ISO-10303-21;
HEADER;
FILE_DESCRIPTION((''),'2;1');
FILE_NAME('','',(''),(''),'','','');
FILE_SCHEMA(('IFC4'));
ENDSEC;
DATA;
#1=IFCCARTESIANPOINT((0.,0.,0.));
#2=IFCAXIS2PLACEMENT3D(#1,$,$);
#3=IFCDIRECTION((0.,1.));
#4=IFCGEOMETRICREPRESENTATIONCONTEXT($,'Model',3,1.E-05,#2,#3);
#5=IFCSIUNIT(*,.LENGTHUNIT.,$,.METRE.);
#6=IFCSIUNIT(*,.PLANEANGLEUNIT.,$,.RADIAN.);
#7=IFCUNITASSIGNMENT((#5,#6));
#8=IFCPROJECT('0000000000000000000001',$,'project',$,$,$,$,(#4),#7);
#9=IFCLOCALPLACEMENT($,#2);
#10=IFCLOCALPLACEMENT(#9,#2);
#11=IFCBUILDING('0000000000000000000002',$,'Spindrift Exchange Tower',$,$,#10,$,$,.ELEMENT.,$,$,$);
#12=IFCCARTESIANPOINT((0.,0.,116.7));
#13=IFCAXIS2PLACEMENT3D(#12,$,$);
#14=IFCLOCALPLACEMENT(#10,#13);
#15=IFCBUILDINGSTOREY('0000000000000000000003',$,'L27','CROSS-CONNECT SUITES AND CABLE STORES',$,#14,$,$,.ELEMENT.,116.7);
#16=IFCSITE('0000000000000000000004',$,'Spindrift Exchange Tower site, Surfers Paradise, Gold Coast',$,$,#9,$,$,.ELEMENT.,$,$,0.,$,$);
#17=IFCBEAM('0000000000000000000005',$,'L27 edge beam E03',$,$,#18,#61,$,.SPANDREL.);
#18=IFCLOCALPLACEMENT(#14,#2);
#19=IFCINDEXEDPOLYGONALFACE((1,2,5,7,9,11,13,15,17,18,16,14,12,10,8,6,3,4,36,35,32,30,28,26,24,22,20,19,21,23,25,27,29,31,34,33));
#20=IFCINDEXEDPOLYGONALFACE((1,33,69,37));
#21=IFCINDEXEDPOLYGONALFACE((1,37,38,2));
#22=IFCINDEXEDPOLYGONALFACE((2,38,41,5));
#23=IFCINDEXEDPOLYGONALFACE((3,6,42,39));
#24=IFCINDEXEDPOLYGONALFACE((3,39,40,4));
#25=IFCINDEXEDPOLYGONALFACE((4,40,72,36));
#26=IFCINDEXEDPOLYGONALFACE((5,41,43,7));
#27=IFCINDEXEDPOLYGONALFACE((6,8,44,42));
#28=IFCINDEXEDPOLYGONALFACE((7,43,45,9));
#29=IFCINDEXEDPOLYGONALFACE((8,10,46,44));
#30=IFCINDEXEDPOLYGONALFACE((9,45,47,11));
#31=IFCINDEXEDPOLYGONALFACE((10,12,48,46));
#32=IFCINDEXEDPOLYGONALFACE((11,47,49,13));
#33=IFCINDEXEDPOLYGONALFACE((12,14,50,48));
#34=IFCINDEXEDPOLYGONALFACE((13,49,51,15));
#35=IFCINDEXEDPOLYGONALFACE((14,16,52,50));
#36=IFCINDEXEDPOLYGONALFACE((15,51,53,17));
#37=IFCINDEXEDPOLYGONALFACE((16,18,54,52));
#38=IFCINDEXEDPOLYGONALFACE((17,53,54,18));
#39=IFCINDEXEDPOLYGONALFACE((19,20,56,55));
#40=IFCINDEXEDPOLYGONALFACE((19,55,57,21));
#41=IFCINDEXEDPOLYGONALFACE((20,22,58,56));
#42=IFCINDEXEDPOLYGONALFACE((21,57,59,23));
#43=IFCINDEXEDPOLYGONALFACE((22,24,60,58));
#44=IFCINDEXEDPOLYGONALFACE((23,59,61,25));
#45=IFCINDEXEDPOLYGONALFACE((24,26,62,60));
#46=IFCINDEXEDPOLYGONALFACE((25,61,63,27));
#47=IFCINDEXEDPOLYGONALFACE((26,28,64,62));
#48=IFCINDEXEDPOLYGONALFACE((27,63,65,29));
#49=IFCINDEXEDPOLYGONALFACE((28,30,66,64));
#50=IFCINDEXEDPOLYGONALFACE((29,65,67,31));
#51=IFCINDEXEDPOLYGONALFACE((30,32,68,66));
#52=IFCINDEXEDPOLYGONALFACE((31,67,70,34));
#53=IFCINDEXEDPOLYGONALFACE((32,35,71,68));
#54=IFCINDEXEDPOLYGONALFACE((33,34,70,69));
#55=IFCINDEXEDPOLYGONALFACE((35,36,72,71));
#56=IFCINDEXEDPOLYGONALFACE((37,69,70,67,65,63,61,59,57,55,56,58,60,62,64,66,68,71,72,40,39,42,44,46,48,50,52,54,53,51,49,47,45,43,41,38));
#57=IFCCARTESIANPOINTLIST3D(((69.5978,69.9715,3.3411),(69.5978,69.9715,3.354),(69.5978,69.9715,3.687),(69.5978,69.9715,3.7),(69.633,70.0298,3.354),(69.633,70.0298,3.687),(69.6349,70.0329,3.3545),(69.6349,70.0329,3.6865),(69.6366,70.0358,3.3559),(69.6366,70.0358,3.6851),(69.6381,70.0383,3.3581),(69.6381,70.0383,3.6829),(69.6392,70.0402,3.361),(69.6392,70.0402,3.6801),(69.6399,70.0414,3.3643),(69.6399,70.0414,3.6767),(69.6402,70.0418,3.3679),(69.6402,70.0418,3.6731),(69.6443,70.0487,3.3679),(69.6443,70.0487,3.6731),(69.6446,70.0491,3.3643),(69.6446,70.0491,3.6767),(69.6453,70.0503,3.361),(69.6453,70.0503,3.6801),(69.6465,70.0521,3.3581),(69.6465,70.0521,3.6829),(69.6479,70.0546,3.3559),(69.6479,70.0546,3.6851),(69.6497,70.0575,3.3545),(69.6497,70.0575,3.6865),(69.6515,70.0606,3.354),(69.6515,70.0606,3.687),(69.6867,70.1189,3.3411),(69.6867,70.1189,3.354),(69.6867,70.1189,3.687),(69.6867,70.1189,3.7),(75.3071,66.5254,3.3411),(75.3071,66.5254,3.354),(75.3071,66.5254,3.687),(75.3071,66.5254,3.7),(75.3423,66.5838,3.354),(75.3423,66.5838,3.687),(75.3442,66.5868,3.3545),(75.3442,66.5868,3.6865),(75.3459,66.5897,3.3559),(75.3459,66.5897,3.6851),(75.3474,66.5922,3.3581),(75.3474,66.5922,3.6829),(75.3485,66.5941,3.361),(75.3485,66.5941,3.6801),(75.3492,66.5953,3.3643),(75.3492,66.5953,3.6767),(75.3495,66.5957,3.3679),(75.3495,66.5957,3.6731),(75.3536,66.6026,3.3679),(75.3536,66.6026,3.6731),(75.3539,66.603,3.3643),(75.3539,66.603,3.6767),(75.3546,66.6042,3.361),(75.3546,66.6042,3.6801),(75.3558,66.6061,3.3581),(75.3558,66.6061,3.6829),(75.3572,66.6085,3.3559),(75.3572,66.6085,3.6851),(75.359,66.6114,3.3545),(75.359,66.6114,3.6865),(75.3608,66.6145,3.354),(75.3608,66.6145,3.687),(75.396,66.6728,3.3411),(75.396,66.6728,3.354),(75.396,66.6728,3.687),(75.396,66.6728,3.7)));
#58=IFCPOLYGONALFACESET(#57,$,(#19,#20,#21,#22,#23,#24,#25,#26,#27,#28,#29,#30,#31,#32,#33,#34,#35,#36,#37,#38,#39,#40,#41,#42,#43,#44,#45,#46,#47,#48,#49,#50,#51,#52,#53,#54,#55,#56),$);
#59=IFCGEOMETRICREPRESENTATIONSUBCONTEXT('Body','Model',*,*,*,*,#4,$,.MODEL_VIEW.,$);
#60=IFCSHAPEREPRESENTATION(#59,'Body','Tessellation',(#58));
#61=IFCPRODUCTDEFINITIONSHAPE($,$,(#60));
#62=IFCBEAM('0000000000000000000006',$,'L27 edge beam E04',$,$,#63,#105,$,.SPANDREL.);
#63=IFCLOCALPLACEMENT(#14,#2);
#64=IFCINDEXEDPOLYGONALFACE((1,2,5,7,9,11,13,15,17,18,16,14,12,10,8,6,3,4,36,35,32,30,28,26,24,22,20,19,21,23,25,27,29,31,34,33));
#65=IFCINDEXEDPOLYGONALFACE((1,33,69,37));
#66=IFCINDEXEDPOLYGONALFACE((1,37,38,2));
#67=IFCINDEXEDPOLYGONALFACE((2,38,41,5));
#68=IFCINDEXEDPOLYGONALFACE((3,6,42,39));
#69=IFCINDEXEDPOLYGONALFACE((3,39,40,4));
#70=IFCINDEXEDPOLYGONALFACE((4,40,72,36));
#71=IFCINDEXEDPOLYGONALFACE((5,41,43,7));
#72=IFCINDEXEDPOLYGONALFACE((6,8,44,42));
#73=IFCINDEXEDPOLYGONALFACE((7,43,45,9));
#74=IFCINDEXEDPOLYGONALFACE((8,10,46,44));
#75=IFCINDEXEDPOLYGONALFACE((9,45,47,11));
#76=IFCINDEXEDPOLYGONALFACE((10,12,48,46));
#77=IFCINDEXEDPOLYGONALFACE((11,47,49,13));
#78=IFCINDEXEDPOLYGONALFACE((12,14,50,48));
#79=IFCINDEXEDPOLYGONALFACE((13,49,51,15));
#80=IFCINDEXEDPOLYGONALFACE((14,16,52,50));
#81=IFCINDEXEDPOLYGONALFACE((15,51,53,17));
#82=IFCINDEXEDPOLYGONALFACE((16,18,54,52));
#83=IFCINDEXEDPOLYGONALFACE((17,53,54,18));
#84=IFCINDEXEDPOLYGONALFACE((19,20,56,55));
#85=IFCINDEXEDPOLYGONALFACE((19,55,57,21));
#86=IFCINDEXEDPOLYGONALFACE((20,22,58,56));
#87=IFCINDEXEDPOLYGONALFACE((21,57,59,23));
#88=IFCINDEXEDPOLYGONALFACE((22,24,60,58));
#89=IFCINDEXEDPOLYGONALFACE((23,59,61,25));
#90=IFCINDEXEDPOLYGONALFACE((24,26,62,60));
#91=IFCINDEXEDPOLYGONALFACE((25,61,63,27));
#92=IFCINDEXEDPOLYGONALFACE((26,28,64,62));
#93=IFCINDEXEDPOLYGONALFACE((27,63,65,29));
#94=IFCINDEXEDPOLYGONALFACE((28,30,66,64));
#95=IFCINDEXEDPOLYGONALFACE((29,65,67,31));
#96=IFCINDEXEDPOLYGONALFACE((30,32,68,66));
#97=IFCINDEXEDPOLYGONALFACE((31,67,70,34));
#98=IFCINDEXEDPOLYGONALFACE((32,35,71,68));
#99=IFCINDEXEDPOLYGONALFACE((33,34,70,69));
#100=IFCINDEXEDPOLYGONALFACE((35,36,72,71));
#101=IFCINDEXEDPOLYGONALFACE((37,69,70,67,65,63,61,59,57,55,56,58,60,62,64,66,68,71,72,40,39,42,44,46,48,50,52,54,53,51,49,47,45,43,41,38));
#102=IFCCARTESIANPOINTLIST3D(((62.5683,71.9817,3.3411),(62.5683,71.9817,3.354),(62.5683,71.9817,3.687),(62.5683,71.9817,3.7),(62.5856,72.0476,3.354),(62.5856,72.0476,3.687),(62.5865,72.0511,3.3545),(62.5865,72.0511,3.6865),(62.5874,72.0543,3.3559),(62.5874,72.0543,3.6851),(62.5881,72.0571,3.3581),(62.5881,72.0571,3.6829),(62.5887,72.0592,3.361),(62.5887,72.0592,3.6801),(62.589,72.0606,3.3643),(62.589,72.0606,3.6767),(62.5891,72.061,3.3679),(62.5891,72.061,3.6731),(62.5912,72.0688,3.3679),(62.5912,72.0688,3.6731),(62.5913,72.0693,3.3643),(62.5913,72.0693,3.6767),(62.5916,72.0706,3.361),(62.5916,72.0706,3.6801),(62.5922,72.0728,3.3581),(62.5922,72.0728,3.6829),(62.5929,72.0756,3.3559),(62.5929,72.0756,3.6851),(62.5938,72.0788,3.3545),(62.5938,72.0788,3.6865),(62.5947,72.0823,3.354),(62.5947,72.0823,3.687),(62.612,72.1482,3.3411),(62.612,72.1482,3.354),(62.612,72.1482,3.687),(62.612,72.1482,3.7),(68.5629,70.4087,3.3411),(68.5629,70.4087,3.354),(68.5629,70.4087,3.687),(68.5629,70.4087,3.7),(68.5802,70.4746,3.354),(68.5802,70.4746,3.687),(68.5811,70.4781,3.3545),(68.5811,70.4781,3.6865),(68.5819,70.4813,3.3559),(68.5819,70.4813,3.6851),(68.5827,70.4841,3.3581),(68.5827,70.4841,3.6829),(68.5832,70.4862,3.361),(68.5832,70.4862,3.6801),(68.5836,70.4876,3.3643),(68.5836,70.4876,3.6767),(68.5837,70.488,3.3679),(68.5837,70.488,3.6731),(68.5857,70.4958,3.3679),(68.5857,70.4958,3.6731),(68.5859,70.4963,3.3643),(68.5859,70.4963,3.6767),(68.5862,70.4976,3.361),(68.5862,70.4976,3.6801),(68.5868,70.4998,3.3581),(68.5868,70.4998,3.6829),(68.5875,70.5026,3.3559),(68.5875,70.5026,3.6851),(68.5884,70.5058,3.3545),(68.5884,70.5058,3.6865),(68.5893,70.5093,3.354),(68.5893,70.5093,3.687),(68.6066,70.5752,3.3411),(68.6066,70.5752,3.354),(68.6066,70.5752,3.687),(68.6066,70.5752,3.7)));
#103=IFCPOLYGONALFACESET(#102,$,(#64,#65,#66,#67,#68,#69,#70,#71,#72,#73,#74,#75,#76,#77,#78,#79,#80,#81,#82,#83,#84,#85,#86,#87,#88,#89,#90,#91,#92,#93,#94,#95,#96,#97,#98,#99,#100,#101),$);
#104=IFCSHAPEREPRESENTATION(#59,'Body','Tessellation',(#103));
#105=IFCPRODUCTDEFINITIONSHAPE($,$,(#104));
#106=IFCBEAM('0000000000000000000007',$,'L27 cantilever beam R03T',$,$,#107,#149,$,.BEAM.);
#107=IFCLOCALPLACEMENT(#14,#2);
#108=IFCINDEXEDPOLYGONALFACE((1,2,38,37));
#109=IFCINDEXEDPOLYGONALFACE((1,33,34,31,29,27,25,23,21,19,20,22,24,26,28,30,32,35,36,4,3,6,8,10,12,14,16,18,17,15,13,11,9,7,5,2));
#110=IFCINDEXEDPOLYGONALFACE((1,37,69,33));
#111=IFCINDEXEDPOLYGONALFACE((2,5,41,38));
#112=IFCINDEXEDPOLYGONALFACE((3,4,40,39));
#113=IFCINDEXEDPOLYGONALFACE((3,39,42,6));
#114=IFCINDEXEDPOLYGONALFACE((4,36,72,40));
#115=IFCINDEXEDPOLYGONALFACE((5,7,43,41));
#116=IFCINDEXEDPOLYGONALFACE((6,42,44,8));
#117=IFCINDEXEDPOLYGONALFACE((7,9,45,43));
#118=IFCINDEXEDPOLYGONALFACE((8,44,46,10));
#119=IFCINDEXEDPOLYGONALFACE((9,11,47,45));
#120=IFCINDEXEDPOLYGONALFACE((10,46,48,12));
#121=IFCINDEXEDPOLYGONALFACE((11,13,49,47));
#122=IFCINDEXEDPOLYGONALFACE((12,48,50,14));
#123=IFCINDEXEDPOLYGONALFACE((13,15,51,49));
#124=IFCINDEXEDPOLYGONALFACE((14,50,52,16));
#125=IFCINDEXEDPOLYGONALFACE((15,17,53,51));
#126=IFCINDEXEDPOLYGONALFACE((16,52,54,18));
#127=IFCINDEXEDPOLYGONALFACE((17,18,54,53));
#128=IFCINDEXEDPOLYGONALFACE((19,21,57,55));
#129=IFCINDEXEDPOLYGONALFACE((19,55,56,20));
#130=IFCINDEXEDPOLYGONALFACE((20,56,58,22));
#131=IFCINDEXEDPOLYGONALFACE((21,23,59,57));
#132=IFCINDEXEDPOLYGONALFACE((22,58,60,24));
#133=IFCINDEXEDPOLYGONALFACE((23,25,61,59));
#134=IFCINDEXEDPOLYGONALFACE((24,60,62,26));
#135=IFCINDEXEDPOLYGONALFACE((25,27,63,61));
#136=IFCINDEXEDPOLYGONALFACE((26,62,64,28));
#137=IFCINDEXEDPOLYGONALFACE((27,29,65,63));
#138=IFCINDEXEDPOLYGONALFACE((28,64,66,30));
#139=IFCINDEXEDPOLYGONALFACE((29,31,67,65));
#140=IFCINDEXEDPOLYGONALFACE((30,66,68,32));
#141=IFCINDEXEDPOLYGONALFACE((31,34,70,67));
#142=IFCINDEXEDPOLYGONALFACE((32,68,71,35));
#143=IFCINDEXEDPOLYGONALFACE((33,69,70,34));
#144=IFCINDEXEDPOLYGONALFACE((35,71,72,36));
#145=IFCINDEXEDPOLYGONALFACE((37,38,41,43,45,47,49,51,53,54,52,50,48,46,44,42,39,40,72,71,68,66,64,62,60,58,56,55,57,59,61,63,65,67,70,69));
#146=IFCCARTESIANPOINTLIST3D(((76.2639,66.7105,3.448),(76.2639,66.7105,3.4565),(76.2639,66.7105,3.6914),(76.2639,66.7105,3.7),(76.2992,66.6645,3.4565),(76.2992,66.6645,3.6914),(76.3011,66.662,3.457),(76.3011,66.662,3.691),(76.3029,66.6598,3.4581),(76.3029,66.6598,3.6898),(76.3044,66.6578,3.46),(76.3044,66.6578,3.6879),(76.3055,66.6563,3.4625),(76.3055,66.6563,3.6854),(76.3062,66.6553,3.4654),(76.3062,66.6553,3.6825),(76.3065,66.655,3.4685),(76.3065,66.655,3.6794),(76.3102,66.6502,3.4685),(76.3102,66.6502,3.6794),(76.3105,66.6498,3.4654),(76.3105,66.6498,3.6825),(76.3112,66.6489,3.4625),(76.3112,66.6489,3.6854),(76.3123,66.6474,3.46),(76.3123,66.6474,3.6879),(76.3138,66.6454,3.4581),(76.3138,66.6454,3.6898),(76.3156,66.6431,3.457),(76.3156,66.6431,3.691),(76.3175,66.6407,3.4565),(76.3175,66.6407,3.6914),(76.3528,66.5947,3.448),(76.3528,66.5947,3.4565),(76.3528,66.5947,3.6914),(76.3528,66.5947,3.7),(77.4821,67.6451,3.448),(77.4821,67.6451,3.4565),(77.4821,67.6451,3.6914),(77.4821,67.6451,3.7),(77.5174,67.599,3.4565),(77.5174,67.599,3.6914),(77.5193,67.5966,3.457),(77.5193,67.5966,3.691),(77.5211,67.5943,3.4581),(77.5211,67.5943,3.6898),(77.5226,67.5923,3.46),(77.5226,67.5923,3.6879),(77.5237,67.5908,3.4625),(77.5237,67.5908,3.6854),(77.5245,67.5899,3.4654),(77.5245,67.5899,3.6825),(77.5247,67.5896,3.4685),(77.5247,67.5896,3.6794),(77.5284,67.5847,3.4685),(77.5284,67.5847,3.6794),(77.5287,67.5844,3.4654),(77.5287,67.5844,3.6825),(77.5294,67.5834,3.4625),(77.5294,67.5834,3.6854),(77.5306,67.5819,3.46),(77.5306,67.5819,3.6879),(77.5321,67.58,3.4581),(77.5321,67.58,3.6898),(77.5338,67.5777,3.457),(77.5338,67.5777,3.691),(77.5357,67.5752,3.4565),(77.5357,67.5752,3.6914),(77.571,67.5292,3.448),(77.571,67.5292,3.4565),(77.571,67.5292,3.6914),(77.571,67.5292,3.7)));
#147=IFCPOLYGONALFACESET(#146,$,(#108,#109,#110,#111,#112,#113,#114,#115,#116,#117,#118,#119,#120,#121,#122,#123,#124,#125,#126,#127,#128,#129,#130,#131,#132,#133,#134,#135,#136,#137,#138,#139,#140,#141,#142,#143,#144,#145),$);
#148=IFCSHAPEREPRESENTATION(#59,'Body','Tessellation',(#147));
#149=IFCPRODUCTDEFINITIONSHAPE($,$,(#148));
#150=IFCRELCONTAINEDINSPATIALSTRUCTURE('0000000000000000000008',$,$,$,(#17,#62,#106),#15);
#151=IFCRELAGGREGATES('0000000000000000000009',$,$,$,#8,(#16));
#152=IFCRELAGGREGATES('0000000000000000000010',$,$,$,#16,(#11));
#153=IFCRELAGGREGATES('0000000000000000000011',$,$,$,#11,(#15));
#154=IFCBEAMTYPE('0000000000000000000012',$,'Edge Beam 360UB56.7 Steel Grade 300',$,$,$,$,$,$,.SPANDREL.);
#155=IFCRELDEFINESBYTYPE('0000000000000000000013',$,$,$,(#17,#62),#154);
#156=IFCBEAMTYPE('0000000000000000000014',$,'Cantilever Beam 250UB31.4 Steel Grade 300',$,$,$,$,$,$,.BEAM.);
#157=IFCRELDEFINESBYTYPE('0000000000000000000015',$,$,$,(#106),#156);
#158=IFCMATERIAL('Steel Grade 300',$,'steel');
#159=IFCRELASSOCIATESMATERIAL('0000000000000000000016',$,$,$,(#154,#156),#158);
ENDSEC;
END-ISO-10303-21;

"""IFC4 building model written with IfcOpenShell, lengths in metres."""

from ifc_helpers import new_model, si_unit, direction, frame, origin, origin_2d, place, context, subcontext, project, spatial, i_section, extrude, source, transform, mapped, material, material_profile, profile_set, type_object, element, save


model = new_model("IFC4")

# Units and contexts
model_context = context("Model", 3, precision=1e-05, world=origin(), true_north=direction((0.0, 1.0)))
body_context = subcontext(model_context, "Body", "Model", "MODEL_VIEW")
ifc_project = project(units=[si_unit("LENGTHUNIT", "METRE"), si_unit("PLANEANGLEUNIT", "RADIAN")], contexts=[model_context])

# Site, building, storey
site_placement = place(None, origin())
site = spatial("IfcSite", under=ifc_project, at=site_placement, Name="Spindrift Exchange Tower site, Surfers Paradise, Gold Coast", CompositionType="ELEMENT", RefElevation=0.0)
building_placement = place(site_placement, origin())
building = spatial("IfcBuilding", under=site, at=building_placement, Name="Spindrift Exchange Tower", CompositionType="ELEMENT")
storey_placement = place(building_placement, frame((0.0, 0.0, 116.7)))
storey = spatial("IfcBuildingStorey", under=building, at=storey_placement, Name="L27", Description="CROSS-CONNECT SUITES AND CABLE STORES", CompositionType="ELEMENT", Elevation=116.7)

# Beams
ifc_material_1 = material(Name="Steel Grade 300", Category="steel")
ifc_material_profile_1 = material_profile(ifc_material_1, i_section(OverallWidth=0.1721, OverallDepth=0.3589, WebThickness=0.0081, FlangeThickness=0.0129, FilletRadius=0.0139, at=origin_2d()), Name="360UB56.7")
ifc_profile_set_1 = profile_set([ifc_material_profile_1], Name="Steel Grade 300")
beam_type_1 = type_object("IfcBeamType", Name="Edge Beam 360UB56.7 Steel Grade 300", PredefinedType="SPANDREL", material=ifc_profile_set_1)
shared_shape_1 = source(origin(), body_context, "Body", "SweptSolid", [
    extrude(i_section(OverallWidth=0.1721, OverallDepth=0.3589, WebThickness=0.0081, FlangeThickness=0.0129, FilletRadius=0.0139, at=origin_2d()), origin(), (0.0, 0.0, 1.0), 6.6687),
])
beam_1_placement = place(storey_placement, frame((75.3516, 66.5991, 3.5205), z_axis=(-0.856133, 0.516755, 0.0), x_axis=(-0.516755, -0.856133, 0.0)))
element("IfcBeam", 1, at=beam_1_placement, inside=storey, type_object=beam_type_1, Name="L27 edge beam E03", PredefinedType="SPANDREL", context=body_context, shape_type="MappedRepresentation", body=[
    mapped(shared_shape_1, transform((0.0, 0.0, 0.0), scale=1.0)),
])
shared_shape_2 = source(origin(), body_context, "Body", "SweptSolid", [
    extrude(i_section(OverallWidth=0.1721, OverallDepth=0.3589, WebThickness=0.0081, FlangeThickness=0.0129, FilletRadius=0.0139, at=origin_2d()), origin(), (0.0, 0.0, 1.0), 6.1975),
])
beam_2_placement = place(storey_placement, frame((68.5847, 70.4919, 3.5205), z_axis=(-0.967254, 0.253809, 0.0), x_axis=(-0.253809, -0.967254, 0.0)))
element("IfcBeam", 2, at=beam_2_placement, inside=storey, type_object=beam_type_1, Name="L27 edge beam E04", PredefinedType="SPANDREL", context=body_context, shape_type="MappedRepresentation", body=[
    mapped(shared_shape_2, transform((0.0, 0.0, 0.0), scale=1.0)),
])
ifc_material_profile_2 = material_profile(ifc_material_1, i_section(OverallWidth=0.146, OverallDepth=0.252, WebThickness=0.0061, FlangeThickness=0.0085, FilletRadius=0.012, at=origin_2d()), Name="250UB31.4")
ifc_profile_set_2 = profile_set([ifc_material_profile_2], Name="Steel Grade 300")
beam_type_2 = type_object("IfcBeamType", Name="Cantilever Beam 250UB31.4 Steel Grade 300", PredefinedType="BEAM", material=ifc_profile_set_2)
shared_shape_3 = source(origin(), body_context, "Body", "SweptSolid", [
    extrude(i_section(OverallWidth=0.146, OverallDepth=0.252, WebThickness=0.0061, FlangeThickness=0.0085, FilletRadius=0.012, at=origin_2d()), origin(), (0.0, 0.0, 1.0), 1.5354),
])
beam_3_placement = place(storey_placement, frame((76.3083, 66.6526, 3.574), z_axis=(0.793427, 0.608665, 0.0), x_axis=(-0.608665, 0.793427, 0.0)))
element("IfcBeam", 3, at=beam_3_placement, inside=storey, type_object=beam_type_2, Name="L27 cantilever beam R03T", PredefinedType="BEAM", context=body_context, shape_type="MappedRepresentation", body=[
    mapped(shared_shape_3, transform((0.0, 0.0, 0.0), scale=1.0)),
])

save(model, "model.ifc")
